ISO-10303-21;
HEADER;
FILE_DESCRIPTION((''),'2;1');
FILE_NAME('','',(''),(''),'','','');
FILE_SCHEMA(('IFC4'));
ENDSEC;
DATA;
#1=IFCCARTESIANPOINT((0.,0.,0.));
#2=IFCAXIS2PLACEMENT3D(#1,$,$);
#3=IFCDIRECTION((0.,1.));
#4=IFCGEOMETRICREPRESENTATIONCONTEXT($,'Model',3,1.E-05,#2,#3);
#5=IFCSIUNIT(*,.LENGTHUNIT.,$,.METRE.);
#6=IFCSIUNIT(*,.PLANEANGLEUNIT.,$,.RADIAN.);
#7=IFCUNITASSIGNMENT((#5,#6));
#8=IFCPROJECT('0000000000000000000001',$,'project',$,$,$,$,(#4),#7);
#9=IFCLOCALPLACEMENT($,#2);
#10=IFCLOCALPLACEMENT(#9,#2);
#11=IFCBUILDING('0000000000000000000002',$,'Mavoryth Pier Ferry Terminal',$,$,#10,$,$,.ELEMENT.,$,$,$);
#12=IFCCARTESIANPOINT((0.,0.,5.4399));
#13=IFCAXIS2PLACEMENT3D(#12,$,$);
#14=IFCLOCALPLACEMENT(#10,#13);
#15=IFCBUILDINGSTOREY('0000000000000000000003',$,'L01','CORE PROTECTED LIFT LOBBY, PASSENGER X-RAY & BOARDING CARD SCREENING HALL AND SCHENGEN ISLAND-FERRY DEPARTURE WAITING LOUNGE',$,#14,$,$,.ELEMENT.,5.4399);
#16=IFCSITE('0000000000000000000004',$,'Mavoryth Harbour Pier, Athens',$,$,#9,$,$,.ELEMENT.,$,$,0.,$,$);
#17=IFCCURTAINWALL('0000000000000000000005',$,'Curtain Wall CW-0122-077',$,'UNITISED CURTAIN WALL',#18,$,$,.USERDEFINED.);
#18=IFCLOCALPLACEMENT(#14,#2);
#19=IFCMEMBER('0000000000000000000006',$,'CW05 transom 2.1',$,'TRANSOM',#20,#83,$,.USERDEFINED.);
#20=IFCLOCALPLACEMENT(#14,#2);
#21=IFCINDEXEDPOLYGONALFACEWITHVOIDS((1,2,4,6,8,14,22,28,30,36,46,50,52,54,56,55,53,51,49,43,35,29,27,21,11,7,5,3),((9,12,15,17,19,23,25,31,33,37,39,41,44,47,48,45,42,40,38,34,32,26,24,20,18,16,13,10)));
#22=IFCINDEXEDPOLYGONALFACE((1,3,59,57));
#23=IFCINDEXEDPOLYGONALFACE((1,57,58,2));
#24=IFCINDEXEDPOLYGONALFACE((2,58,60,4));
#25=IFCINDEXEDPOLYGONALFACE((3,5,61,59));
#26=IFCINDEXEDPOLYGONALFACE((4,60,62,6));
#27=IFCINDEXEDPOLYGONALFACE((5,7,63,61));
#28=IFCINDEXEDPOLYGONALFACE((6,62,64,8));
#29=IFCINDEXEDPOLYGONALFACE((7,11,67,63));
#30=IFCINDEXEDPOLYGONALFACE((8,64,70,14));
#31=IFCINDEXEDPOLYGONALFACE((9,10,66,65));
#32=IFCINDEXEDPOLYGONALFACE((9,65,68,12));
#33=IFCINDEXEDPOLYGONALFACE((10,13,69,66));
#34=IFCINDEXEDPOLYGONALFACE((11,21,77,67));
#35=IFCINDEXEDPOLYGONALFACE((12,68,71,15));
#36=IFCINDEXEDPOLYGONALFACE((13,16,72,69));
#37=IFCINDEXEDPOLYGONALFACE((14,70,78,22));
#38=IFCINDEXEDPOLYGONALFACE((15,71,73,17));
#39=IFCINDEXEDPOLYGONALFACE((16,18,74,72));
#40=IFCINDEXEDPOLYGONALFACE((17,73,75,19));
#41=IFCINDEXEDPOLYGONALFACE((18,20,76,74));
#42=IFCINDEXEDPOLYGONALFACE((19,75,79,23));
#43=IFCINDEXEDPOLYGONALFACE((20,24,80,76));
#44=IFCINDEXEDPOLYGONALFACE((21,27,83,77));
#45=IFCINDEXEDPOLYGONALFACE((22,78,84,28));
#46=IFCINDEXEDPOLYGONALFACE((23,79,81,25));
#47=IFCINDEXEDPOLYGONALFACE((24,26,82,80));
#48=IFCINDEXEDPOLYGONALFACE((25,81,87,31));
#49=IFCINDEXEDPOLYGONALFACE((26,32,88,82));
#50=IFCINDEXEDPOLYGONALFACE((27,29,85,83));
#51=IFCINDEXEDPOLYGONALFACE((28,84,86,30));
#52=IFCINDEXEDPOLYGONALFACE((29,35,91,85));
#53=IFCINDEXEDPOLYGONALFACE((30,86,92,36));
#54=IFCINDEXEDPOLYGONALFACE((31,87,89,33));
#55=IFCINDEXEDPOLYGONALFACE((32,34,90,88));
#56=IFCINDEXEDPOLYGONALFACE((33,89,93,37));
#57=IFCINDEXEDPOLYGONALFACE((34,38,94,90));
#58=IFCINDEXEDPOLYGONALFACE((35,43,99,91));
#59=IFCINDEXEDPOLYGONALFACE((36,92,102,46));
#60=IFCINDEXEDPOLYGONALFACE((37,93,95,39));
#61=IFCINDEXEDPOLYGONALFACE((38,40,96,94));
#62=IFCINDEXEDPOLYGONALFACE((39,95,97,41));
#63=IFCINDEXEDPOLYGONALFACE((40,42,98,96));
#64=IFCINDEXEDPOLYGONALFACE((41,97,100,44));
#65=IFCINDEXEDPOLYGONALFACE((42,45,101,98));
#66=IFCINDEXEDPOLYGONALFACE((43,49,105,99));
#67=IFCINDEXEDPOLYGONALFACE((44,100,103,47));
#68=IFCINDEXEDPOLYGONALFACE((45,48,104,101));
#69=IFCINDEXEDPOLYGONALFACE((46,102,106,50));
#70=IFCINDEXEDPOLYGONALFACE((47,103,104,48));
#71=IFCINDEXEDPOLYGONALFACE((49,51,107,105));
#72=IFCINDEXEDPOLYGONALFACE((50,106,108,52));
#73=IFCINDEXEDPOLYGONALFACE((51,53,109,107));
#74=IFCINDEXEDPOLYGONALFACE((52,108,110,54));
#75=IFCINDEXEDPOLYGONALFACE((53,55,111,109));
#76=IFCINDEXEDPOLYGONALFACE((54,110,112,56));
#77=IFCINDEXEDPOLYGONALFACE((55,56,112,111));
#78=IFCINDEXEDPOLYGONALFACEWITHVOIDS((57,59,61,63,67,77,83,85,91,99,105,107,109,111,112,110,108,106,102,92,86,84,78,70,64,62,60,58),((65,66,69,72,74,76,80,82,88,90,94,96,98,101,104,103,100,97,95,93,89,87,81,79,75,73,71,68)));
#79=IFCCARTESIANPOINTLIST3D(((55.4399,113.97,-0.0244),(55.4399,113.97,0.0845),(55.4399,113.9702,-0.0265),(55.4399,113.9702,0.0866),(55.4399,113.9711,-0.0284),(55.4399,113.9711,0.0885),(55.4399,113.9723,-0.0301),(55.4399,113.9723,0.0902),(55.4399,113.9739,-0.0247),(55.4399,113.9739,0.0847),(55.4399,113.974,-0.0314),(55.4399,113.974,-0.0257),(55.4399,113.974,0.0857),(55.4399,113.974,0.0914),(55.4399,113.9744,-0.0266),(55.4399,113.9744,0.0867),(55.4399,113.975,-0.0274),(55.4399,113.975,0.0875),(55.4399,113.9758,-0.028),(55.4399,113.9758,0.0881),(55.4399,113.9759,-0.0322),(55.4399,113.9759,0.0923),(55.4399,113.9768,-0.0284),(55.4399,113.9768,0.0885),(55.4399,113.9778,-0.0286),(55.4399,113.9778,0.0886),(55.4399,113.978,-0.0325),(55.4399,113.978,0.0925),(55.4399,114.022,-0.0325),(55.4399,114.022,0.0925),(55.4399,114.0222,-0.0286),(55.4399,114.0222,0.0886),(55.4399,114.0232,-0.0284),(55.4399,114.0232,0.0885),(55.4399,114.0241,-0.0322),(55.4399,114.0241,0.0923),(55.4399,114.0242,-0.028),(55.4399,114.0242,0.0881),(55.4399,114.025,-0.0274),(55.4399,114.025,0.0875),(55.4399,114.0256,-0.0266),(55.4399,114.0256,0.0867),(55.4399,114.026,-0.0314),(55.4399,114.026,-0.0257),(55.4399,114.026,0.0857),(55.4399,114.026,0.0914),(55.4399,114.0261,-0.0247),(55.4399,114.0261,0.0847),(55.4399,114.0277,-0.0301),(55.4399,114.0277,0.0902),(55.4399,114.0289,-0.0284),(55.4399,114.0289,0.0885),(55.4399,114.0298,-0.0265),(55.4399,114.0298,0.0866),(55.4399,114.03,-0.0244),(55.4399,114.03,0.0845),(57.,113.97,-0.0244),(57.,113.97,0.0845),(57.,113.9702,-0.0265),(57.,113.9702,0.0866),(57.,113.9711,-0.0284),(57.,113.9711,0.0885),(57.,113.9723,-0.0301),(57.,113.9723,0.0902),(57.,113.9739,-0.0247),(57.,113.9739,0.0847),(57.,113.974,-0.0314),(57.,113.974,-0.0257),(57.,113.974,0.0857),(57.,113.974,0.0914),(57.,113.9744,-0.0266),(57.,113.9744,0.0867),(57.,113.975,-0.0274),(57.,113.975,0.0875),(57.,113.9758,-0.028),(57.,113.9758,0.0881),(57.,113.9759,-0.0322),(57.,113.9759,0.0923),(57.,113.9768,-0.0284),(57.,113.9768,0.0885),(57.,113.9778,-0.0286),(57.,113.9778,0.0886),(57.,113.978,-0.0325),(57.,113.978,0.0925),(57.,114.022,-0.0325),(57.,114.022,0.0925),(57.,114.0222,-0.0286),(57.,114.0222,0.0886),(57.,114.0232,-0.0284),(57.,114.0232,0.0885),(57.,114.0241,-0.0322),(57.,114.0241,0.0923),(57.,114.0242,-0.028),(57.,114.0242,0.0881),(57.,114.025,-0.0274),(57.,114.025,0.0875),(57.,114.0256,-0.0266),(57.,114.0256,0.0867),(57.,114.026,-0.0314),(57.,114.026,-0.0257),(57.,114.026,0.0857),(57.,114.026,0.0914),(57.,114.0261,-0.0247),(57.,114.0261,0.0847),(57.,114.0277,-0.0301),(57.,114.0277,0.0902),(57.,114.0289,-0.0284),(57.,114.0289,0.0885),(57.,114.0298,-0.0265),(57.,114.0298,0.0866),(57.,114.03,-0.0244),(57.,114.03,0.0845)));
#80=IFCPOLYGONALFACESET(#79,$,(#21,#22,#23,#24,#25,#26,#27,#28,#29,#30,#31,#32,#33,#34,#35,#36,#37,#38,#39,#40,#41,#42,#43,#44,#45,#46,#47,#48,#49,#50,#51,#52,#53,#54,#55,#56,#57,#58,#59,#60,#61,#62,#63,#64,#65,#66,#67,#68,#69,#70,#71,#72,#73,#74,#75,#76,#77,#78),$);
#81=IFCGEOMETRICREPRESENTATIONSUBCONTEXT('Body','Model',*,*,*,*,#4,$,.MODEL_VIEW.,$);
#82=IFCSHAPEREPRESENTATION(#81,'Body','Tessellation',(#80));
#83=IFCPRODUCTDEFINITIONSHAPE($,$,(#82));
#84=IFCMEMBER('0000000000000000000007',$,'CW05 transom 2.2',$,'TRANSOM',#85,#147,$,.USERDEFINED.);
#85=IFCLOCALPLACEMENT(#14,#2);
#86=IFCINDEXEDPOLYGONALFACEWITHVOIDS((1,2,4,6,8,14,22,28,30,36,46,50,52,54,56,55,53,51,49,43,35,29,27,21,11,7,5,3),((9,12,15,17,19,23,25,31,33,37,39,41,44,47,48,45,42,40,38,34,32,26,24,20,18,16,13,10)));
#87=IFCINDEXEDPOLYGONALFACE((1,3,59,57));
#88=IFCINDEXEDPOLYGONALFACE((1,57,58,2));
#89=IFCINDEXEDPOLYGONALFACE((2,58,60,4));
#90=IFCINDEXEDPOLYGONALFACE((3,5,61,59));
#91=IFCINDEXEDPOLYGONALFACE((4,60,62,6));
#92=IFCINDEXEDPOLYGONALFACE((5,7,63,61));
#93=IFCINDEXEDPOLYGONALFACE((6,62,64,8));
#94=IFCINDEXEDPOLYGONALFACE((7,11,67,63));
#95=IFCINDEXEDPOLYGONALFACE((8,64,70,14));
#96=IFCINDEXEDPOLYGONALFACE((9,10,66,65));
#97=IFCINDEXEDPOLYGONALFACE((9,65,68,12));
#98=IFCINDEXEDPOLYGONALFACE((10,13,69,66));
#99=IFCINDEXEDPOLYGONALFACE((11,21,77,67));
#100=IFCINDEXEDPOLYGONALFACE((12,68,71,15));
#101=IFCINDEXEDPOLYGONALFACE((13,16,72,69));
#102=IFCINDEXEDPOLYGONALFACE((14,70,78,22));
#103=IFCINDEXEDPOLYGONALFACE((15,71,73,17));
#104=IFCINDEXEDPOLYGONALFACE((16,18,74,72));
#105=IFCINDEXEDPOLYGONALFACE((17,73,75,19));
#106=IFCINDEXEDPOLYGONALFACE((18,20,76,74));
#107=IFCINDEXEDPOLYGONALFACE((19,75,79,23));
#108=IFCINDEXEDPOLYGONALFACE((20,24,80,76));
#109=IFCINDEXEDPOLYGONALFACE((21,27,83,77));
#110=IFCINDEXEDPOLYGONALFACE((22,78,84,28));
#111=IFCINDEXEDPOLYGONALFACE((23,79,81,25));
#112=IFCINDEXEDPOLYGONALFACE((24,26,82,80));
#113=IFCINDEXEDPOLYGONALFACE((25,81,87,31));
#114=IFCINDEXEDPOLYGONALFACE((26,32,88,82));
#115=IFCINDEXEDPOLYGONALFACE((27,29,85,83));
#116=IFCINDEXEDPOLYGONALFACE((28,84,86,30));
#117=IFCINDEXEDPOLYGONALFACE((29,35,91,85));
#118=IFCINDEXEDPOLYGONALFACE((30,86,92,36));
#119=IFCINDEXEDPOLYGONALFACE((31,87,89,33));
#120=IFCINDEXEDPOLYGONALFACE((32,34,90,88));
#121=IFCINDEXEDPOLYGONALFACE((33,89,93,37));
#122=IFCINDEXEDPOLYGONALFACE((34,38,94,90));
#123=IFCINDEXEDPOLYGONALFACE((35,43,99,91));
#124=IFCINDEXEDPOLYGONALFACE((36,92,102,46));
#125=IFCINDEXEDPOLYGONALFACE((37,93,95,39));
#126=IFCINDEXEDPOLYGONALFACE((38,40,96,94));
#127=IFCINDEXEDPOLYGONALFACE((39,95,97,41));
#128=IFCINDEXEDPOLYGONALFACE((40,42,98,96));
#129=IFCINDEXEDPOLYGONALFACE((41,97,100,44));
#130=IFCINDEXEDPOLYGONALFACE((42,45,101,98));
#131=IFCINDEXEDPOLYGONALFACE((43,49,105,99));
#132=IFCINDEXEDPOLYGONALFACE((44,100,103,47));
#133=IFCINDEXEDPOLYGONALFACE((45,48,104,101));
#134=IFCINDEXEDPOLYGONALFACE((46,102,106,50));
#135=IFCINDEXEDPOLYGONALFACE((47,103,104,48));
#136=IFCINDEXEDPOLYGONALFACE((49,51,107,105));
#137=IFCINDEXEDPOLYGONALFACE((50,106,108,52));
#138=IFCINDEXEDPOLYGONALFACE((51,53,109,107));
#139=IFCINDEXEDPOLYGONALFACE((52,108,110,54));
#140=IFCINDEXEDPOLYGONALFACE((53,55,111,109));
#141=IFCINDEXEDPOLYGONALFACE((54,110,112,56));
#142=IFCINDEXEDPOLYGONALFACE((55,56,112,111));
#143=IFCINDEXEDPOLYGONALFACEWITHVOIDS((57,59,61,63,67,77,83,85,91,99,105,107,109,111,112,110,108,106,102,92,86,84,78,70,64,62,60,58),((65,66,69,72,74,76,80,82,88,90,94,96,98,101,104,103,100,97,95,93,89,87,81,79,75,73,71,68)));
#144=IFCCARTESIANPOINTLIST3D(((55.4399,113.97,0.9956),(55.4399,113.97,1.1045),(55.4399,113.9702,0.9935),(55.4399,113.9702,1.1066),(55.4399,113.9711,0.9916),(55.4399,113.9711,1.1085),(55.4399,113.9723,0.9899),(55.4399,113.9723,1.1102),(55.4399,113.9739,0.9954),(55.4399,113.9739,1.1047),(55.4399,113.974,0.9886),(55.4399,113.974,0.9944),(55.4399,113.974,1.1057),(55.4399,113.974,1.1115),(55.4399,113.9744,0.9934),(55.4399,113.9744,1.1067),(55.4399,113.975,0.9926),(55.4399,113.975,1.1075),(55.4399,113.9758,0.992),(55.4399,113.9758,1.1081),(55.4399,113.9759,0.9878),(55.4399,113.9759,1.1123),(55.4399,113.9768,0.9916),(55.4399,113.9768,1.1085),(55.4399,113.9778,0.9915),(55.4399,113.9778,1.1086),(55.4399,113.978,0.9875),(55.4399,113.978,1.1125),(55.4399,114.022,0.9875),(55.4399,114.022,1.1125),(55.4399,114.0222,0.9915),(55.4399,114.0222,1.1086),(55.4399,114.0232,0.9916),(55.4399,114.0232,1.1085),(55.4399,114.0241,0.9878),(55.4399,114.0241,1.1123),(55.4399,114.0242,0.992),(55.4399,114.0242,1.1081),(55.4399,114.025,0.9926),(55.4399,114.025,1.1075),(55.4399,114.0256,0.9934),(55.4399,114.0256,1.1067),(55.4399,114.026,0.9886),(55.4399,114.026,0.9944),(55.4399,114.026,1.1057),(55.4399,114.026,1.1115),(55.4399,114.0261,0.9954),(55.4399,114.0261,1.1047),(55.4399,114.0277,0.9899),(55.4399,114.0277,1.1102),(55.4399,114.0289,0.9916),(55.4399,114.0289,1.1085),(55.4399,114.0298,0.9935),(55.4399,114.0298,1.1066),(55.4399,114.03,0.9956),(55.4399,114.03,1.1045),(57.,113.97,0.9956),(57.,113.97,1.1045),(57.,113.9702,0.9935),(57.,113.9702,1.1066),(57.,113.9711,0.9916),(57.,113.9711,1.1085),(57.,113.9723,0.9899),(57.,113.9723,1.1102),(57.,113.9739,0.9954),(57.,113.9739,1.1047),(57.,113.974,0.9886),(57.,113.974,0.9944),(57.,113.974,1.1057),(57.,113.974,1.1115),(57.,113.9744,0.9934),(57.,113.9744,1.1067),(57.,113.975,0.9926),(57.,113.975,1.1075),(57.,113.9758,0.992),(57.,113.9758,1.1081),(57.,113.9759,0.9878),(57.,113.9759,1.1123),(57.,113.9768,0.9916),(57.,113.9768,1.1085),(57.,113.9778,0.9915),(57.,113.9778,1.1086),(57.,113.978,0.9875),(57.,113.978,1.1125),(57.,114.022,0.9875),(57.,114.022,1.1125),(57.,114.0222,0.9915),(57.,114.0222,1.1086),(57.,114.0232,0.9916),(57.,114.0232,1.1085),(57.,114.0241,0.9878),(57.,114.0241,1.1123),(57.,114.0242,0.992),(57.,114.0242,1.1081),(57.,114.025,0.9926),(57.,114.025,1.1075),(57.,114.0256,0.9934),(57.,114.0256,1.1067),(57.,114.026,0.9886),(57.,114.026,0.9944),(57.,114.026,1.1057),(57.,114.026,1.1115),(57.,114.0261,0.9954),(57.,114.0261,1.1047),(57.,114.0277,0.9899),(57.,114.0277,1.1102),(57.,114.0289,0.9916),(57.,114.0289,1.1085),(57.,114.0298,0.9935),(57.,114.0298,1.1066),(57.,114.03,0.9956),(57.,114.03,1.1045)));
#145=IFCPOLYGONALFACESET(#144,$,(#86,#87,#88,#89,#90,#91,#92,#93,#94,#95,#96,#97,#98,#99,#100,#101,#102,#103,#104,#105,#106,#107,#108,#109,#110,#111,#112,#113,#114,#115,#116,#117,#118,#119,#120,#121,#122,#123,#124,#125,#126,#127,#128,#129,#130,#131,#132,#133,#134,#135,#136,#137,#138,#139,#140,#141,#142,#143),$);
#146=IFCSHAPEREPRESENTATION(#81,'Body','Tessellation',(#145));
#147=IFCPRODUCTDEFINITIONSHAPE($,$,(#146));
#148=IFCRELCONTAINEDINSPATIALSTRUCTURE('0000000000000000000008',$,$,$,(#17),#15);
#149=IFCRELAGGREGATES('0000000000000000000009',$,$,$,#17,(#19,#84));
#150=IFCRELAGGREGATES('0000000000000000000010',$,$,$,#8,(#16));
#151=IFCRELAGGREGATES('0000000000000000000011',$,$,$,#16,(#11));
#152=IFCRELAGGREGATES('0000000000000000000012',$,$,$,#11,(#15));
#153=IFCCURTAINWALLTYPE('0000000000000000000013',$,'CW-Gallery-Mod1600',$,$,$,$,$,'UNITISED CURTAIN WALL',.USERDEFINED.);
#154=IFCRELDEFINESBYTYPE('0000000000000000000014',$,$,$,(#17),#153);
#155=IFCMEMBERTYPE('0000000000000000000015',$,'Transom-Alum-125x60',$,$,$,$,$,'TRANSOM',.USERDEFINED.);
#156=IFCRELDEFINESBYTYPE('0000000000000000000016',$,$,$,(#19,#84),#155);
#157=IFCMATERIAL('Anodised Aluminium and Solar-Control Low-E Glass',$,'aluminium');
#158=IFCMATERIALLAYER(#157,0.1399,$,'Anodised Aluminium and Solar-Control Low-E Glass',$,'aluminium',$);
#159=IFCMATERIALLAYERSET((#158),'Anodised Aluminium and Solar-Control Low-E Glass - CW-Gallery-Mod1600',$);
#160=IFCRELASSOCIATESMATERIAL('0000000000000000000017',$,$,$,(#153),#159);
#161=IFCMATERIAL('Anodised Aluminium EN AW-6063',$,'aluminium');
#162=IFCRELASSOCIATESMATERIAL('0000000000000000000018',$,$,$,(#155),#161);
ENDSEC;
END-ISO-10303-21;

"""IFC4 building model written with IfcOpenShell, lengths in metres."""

from ifc_helpers import new_model, si_unit, direction, frame, origin, origin_2d, place, context, subcontext, project, spatial, hollow_rectangle, extrude, material, layer, layer_set, material_profile, profile_set, type_object, element, aggregate, save


model = new_model("IFC4")

# Units and contexts
model_context = context("Model", 3, precision=1e-05, world=origin(), true_north=direction((0.0, 1.0)))
body_context = subcontext(model_context, "Body", "Model", "MODEL_VIEW")
ifc_project = project(units=[si_unit("LENGTHUNIT", "METRE"), si_unit("PLANEANGLEUNIT", "RADIAN")], contexts=[model_context])

# Site, building, storey
site_placement = place(None, origin())
site = spatial("IfcSite", under=ifc_project, at=site_placement, Name="Mavoryth Harbour Pier, Athens", CompositionType="ELEMENT", RefElevation=0.0)
building_placement = place(site_placement, origin())
building = spatial("IfcBuilding", under=site, at=building_placement, Name="Mavoryth Pier Ferry Terminal", CompositionType="ELEMENT")
storey_placement = place(building_placement, frame((0.0, 0.0, 5.4399)))
storey = spatial("IfcBuildingStorey", under=building, at=storey_placement, Name="L01", Description="CORE PROTECTED LIFT LOBBY, PASSENGER X-RAY & BOARDING CARD SCREENING HALL AND SCHENGEN ISLAND-FERRY DEPARTURE WAITING LOUNGE", CompositionType="ELEMENT", Elevation=5.4399)

# Curtain wall
ifc_material_1 = material(Name="Anodised Aluminium and Solar-Control Low-E Glass", Category="aluminium")
ifc_layer_1 = layer(ifc_material_1, 0.1399, Name="Anodised Aluminium and Solar-Control Low-E Glass", Category="aluminium")
ifc_layer_set_1 = layer_set([ifc_layer_1], Name="Anodised Aluminium and Solar-Control Low-E Glass - CW-Gallery-Mod1600")
curtain_wall_type = type_object("IfcCurtainWallType", Name="CW-Gallery-Mod1600", ElementType="UNITISED CURTAIN WALL", PredefinedType="USERDEFINED", material=ifc_layer_set_1)
curtain_wall_1_placement = place(storey_placement, origin())
curtain_wall_1 = element("IfcCurtainWall", 1, at=curtain_wall_1_placement, inside=storey, type_object=curtain_wall_type, Name="Curtain Wall CW-0122-077", ObjectType="UNITISED CURTAIN WALL", PredefinedType="USERDEFINED")
ifc_material_2 = material(Name="Anodised Aluminium EN AW-6063", Category="aluminium")

# Members
ifc_material_profile_1 = material_profile(ifc_material_2, hollow_rectangle(XDim=0.0601, YDim=0.125, WallThickness=0.0039, InnerFilletRadius=0.0039, OuterFilletRadius=0.0081, at=origin_2d()), Name="AL-TRAN 125x60x4", Category="aluminium")
ifc_profile_set_1 = profile_set([ifc_material_profile_1], Name="Anodised Aluminium EN AW-6063 - AL-TRAN 125x60x4")
member_type_1 = type_object("IfcMemberType", Name="Transom-Alum-125x60", ElementType="TRANSOM", PredefinedType="USERDEFINED", material=ifc_profile_set_1)
member_1_placement = place(storey_placement, frame((57.0, 114.0, 0.03), z_axis=(-1.0, 0.0, 0.0), x_axis=(0.0, -1.0, 0.0)))
member_1 = element("IfcMember", 2, at=member_1_placement, type_object=member_type_1, Name="CW05 transom 2.1", ObjectType="TRANSOM", PredefinedType="USERDEFINED", context=body_context, shape_type="SweptSolid", body=[
    extrude(hollow_rectangle(XDim=0.0601, YDim=0.125, WallThickness=0.0039, InnerFilletRadius=0.0039, OuterFilletRadius=0.0081, at=origin_2d()), origin(), (0.0, 0.0, 1.0), 1.5601),
])
member_2_placement = place(storey_placement, frame((57.0, 114.0, 1.05), z_axis=(-1.0, 0.0, 0.0), x_axis=(0.0, -1.0, 0.0)))
member_2 = element("IfcMember", 3, at=member_2_placement, type_object=member_type_1, Name="CW05 transom 2.2", ObjectType="TRANSOM", PredefinedType="USERDEFINED", context=body_context, shape_type="SweptSolid", body=[
    extrude(hollow_rectangle(XDim=0.0601, YDim=0.125, WallThickness=0.0039, InnerFilletRadius=0.0039, OuterFilletRadius=0.0081, at=origin_2d()), origin(), (0.0, 0.0, 1.0), 1.5601),
])

aggregate(curtain_wall_1, [member_1, member_2])

save(model, "model.ifc")
